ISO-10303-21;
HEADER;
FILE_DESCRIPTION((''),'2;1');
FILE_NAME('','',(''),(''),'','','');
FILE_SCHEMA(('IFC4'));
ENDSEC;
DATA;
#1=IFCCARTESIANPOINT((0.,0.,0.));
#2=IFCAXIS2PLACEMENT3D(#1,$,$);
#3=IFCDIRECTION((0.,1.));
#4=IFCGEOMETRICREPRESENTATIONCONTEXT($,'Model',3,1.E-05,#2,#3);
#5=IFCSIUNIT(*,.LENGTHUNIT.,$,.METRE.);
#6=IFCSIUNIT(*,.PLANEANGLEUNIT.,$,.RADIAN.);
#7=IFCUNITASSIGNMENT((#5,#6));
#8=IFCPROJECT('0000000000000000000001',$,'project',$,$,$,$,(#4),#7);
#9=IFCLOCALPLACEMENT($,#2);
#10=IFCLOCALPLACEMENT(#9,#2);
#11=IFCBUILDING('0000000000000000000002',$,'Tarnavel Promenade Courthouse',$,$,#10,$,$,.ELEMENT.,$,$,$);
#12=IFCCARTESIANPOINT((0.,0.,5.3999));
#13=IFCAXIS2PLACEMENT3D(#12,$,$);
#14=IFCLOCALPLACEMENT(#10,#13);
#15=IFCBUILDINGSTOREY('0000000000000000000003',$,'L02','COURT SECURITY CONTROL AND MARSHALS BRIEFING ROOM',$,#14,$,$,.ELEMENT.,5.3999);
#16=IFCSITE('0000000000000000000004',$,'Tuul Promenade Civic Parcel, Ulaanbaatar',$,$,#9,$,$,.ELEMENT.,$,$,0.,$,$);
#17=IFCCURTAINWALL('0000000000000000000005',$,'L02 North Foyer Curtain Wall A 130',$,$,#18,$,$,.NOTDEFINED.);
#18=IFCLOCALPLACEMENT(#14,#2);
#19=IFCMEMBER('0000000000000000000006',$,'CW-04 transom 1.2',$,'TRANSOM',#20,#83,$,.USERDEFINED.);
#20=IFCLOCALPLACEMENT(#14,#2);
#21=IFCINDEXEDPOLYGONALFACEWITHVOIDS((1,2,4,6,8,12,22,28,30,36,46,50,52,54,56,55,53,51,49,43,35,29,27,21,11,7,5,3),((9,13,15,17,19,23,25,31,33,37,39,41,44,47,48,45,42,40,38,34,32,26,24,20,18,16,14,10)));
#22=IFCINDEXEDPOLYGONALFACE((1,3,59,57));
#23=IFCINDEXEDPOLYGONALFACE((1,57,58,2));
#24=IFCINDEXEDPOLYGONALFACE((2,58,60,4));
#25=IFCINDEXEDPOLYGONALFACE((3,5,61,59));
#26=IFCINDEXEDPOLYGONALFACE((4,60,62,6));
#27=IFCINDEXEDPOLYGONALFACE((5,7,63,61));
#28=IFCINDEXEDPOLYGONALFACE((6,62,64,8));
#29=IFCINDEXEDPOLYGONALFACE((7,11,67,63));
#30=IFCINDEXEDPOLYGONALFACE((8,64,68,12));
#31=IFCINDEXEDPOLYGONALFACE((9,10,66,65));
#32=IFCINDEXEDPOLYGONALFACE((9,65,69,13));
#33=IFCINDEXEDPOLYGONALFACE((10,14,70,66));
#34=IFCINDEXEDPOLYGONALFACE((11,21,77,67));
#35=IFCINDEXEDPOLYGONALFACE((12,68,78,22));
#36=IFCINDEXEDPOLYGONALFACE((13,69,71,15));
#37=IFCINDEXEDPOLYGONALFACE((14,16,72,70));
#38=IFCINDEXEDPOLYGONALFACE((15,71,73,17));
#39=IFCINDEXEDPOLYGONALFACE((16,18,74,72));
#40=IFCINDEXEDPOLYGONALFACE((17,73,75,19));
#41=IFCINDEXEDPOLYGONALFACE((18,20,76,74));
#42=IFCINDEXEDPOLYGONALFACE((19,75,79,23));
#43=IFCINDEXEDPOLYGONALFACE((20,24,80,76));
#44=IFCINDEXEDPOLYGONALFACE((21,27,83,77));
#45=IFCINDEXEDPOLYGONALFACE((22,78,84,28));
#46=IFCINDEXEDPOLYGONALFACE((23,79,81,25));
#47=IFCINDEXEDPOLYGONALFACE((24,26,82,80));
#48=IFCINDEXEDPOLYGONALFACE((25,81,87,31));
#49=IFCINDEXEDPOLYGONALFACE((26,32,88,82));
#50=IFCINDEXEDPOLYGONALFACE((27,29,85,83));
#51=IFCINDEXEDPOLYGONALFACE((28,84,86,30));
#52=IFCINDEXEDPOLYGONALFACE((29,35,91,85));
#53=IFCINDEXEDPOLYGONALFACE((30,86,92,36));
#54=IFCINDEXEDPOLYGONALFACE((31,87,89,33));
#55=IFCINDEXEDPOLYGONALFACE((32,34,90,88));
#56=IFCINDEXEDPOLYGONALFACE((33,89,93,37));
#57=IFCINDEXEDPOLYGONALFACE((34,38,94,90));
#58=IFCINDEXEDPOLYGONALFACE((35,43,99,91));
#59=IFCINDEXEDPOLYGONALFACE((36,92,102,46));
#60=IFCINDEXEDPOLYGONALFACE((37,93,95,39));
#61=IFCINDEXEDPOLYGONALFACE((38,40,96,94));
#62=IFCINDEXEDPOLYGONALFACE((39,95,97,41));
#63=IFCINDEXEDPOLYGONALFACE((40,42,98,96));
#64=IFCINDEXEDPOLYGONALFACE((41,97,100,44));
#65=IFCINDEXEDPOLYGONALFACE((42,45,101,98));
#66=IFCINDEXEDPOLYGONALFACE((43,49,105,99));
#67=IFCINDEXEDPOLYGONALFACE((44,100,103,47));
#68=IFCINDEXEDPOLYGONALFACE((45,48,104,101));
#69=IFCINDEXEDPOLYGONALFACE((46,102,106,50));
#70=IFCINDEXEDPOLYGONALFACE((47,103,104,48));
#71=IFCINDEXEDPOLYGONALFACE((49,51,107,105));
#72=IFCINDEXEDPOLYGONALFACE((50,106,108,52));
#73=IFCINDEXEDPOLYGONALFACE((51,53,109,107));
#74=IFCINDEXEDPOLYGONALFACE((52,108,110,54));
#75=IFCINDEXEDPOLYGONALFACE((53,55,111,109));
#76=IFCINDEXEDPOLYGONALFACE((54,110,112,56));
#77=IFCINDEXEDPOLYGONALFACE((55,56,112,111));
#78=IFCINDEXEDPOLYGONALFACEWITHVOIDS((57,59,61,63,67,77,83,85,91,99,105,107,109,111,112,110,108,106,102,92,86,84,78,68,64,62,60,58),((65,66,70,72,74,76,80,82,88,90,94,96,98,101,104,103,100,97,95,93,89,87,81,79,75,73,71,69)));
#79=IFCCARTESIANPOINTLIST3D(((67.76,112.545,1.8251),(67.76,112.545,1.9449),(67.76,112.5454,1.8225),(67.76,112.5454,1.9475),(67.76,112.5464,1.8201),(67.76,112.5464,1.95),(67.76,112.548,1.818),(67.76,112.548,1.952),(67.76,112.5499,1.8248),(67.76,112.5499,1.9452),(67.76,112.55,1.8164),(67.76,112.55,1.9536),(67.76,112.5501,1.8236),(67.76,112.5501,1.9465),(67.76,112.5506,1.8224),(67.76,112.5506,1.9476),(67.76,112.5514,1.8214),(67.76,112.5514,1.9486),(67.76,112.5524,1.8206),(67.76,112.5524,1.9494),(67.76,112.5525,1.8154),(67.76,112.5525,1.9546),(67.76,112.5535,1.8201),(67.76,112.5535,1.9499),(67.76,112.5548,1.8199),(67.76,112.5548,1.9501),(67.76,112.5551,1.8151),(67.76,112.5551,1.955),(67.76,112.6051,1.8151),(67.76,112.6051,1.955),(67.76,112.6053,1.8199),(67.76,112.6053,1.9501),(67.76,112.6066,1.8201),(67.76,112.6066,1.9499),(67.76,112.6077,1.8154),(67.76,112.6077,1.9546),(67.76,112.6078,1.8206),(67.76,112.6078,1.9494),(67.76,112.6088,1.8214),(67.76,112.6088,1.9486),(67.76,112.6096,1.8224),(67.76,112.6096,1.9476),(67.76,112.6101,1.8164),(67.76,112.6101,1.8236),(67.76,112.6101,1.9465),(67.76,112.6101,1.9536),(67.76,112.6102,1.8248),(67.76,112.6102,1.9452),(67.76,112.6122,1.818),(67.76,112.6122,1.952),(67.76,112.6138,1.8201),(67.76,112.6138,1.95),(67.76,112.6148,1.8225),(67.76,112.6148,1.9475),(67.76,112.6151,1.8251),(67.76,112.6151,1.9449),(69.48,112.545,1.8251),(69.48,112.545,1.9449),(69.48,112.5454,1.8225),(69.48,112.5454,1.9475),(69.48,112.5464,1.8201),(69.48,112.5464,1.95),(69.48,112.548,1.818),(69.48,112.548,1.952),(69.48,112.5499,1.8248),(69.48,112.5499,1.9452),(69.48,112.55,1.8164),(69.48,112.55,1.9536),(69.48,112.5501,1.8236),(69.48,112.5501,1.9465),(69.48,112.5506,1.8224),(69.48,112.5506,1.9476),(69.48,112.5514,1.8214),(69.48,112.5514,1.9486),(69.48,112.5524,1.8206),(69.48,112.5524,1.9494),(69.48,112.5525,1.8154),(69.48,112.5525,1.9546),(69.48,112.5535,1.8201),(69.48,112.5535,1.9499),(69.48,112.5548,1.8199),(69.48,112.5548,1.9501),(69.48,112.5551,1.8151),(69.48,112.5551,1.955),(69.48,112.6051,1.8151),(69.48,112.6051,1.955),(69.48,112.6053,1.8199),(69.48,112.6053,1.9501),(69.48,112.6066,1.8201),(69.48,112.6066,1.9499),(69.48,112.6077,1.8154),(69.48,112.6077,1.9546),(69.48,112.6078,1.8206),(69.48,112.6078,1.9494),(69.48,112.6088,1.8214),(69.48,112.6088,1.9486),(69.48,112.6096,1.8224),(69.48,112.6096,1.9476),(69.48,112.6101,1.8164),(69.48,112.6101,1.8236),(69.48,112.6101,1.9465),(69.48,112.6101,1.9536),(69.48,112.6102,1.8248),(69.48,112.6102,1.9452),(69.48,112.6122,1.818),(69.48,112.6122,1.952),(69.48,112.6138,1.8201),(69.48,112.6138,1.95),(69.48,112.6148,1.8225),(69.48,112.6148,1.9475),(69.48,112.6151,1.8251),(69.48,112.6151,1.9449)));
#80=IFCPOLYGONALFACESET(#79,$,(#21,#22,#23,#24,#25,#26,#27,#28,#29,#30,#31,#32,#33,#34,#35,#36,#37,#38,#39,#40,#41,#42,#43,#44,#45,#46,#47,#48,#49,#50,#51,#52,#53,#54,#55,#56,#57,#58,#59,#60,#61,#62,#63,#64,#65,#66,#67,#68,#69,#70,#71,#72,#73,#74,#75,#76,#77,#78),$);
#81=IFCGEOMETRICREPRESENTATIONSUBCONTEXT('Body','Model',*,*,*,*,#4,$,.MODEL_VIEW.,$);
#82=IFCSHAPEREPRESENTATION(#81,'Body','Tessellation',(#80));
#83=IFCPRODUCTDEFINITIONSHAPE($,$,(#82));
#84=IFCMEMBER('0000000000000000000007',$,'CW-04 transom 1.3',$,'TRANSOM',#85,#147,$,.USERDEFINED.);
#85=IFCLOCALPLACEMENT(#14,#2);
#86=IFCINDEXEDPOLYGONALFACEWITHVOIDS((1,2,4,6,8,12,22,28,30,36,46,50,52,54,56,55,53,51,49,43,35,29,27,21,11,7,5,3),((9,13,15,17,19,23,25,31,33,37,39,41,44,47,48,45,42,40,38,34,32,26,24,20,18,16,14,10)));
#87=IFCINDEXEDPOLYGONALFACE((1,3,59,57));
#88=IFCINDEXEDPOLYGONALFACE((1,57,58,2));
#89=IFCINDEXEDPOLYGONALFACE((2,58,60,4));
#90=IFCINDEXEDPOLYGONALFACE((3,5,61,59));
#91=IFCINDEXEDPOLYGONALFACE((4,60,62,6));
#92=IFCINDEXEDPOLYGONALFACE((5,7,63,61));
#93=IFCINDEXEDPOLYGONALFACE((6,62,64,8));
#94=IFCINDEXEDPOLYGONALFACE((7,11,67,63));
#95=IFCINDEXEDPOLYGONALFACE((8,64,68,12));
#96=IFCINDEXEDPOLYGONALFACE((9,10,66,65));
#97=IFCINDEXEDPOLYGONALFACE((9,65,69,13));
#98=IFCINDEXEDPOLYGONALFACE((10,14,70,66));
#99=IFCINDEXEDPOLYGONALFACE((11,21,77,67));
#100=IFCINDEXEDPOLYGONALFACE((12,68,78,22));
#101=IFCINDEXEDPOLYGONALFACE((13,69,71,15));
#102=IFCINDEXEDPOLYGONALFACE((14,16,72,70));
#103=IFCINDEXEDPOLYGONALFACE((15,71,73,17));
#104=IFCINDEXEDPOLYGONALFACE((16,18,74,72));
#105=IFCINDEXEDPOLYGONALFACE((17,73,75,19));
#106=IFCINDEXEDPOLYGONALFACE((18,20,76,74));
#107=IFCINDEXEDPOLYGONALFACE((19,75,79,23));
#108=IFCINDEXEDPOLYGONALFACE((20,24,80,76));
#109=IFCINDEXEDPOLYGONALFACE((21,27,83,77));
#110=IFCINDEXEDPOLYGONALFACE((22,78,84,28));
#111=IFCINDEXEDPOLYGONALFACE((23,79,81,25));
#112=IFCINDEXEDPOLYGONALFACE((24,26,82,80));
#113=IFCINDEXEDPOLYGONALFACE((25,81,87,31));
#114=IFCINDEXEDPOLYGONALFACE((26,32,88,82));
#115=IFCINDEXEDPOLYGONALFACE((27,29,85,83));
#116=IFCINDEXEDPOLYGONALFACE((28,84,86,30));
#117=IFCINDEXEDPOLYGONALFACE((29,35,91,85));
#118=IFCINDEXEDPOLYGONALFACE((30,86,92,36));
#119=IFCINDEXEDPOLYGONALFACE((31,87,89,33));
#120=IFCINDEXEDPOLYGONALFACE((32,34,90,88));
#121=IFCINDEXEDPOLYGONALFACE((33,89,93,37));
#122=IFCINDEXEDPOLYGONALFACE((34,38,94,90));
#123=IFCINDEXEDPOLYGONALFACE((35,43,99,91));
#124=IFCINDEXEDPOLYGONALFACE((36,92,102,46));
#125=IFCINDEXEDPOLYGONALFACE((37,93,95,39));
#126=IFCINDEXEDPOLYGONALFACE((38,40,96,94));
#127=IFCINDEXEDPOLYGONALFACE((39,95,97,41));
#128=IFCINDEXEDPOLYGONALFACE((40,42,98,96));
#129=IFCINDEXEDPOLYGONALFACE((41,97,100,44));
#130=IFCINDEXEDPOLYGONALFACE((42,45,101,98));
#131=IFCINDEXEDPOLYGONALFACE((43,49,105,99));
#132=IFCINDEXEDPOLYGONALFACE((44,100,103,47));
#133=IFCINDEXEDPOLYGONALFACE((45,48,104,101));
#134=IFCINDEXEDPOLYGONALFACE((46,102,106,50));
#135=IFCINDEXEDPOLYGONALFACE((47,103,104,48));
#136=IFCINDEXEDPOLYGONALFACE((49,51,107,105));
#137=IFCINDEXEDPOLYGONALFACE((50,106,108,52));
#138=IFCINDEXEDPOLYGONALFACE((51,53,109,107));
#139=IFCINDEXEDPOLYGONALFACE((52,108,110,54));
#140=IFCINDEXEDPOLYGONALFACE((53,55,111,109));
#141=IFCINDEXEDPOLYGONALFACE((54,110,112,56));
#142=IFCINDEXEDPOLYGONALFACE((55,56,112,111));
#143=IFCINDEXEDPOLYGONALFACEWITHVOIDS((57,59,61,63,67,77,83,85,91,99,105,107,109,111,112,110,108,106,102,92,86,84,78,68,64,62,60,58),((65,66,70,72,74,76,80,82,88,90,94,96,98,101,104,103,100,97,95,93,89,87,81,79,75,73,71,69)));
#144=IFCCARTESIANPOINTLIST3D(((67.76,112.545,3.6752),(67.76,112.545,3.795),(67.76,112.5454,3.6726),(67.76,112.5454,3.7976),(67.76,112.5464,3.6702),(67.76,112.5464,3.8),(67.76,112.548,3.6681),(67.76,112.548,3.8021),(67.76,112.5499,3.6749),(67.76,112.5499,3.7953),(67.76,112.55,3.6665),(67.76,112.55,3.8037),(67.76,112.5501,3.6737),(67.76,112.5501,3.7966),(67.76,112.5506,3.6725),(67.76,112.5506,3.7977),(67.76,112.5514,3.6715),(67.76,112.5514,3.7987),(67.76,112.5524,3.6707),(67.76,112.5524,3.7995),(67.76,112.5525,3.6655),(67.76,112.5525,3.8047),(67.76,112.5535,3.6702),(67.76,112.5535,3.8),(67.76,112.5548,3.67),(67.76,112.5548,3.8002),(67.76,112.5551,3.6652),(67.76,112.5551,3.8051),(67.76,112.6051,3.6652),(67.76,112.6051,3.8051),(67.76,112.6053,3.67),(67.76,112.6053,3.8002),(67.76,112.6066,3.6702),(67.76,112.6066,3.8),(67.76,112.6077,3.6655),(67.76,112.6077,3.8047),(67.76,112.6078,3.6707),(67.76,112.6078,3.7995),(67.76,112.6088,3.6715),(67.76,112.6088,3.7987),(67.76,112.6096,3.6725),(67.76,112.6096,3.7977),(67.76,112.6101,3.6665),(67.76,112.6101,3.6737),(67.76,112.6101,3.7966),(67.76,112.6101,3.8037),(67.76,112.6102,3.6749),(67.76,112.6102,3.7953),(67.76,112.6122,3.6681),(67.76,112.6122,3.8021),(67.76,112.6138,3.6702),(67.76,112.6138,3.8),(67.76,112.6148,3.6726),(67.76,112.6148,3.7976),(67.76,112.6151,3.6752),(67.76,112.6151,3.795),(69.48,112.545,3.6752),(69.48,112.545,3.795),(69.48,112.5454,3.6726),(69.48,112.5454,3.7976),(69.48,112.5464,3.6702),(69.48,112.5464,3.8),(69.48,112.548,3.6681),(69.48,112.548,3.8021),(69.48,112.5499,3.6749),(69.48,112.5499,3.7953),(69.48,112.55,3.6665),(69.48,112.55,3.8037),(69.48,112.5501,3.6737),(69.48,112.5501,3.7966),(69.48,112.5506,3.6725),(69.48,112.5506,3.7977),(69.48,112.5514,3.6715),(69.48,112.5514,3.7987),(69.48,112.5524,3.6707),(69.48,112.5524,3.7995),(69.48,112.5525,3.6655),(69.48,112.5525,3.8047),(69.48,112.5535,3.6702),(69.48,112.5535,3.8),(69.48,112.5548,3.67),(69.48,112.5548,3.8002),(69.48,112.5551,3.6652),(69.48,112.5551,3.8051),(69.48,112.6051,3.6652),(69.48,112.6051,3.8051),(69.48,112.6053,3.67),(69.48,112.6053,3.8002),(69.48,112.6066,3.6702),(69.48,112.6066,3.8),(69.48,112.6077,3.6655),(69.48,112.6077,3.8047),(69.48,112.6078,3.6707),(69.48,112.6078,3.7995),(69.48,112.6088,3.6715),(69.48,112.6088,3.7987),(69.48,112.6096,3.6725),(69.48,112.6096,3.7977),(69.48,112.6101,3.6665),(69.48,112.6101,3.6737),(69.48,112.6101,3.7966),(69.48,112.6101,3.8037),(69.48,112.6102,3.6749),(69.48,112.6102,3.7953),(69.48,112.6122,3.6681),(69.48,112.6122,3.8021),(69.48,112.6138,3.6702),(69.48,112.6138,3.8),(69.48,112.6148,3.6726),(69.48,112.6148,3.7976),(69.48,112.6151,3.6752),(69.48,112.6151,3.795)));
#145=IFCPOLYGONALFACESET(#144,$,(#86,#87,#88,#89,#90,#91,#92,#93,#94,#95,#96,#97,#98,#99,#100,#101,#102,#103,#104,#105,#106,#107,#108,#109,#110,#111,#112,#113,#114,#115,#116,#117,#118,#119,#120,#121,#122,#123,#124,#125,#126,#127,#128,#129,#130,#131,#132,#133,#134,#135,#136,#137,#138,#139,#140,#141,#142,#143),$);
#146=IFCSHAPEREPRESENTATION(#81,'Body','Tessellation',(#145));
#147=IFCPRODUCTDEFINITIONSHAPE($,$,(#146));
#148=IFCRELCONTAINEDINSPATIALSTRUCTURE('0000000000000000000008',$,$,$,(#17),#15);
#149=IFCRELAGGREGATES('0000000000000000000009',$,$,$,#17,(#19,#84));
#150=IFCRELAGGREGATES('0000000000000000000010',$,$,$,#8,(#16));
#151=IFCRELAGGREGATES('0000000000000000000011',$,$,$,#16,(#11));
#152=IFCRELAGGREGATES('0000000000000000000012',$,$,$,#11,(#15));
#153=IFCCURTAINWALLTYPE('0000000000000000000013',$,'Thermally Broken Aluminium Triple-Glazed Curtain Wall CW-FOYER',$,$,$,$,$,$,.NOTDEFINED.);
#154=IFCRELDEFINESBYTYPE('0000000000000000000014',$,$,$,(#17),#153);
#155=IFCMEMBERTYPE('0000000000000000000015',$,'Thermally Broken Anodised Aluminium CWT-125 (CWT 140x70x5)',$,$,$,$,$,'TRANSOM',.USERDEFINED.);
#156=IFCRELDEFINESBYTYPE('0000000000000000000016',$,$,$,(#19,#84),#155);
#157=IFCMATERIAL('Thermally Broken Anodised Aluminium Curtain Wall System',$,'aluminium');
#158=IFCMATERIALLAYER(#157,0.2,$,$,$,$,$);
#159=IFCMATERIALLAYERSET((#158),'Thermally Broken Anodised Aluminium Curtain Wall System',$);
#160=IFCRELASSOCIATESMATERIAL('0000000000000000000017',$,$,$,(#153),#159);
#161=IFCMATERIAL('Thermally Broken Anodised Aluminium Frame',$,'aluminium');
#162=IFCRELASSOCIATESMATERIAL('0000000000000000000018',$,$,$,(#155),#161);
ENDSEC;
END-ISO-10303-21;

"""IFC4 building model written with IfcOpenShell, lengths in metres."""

from ifc_helpers import new_model, si_unit, direction, frame, origin, origin_2d, place, context, subcontext, project, spatial, hollow_rectangle, extrude, material, layer, layer_set, material_profile, profile_set, type_object, element, aggregate, save


model = new_model("IFC4")

# Units and contexts
model_context = context("Model", 3, precision=1e-05, world=origin(), true_north=direction((0.0, 1.0)))
body_context = subcontext(model_context, "Body", "Model", "MODEL_VIEW")
ifc_project = project(units=[si_unit("LENGTHUNIT", "METRE"), si_unit("PLANEANGLEUNIT", "RADIAN")], contexts=[model_context])

# Site, building, storey
site_placement = place(None, origin())
site = spatial("IfcSite", under=ifc_project, at=site_placement, Name="Tuul Promenade Civic Parcel, Ulaanbaatar", CompositionType="ELEMENT", RefElevation=0.0)
building_placement = place(site_placement, origin())
building = spatial("IfcBuilding", under=site, at=building_placement, Name="Tarnavel Promenade Courthouse", CompositionType="ELEMENT")
storey_placement = place(building_placement, frame((0.0, 0.0, 5.3999)))
storey = spatial("IfcBuildingStorey", under=building, at=storey_placement, Name="L02", Description="COURT SECURITY CONTROL AND MARSHALS BRIEFING ROOM", CompositionType="ELEMENT", Elevation=5.3999)

# Curtain wall
ifc_material_1 = material(Name="Thermally Broken Anodised Aluminium Curtain Wall System", Category="aluminium")
ifc_layer_1 = layer(ifc_material_1, 0.2)
ifc_layer_set_1 = layer_set([ifc_layer_1], Name="Thermally Broken Anodised Aluminium Curtain Wall System")
curtain_wall_type = type_object("IfcCurtainWallType", Name="Thermally Broken Aluminium Triple-Glazed Curtain Wall CW-FOYER", PredefinedType="NOTDEFINED", material=ifc_layer_set_1)
curtain_wall_1_placement = place(storey_placement, origin())
curtain_wall_1 = element("IfcCurtainWall", 1, at=curtain_wall_1_placement, inside=storey, type_object=curtain_wall_type, Name="L02 North Foyer Curtain Wall A 130", PredefinedType="NOTDEFINED")
ifc_material_2 = material(Name="Thermally Broken Anodised Aluminium Frame", Category="aluminium")

# Members
ifc_material_profile_1 = material_profile(ifc_material_2, hollow_rectangle(XDim=0.0701, YDim=0.1399, WallThickness=0.0049, InnerFilletRadius=0.0049, OuterFilletRadius=0.01, at=origin_2d()), Name="CWT 140x70x5")
ifc_profile_set_1 = profile_set([ifc_material_profile_1], Name="Thermally Broken Anodised Aluminium Frame")
member_type_1 = type_object("IfcMemberType", Name="Thermally Broken Anodised Aluminium CWT-125 (CWT 140x70x5)", ElementType="TRANSOM", PredefinedType="USERDEFINED", material=ifc_profile_set_1)
member_1_placement = place(storey_placement, frame((67.76, 112.5801, 1.885), z_axis=(1.0, 0.0, 0.0), x_axis=(0.0, 1.0, 0.0)))
member_1 = element("IfcMember", 2, at=member_1_placement, type_object=member_type_1, Name="CW-04 transom 1.2", ObjectType="TRANSOM", PredefinedType="USERDEFINED", context=body_context, shape_type="SweptSolid", body=[
    extrude(hollow_rectangle(XDim=0.0701, YDim=0.1399, WallThickness=0.0049, InnerFilletRadius=0.0049, OuterFilletRadius=0.01, at=origin_2d()), origin(), (0.0, 0.0, 1.0), 1.72),
])
member_2_placement = place(storey_placement, frame((67.76, 112.5801, 3.7351), z_axis=(1.0, 0.0, 0.0), x_axis=(0.0, 1.0, 0.0)))
member_2 = element("IfcMember", 3, at=member_2_placement, type_object=member_type_1, Name="CW-04 transom 1.3", ObjectType="TRANSOM", PredefinedType="USERDEFINED", context=body_context, shape_type="SweptSolid", body=[
    extrude(hollow_rectangle(XDim=0.0701, YDim=0.1399, WallThickness=0.0049, InnerFilletRadius=0.0049, OuterFilletRadius=0.01, at=origin_2d()), origin(), (0.0, 0.0, 1.0), 1.72),
])

aggregate(curtain_wall_1, [member_1, member_2])

save(model, "model.ifc")
